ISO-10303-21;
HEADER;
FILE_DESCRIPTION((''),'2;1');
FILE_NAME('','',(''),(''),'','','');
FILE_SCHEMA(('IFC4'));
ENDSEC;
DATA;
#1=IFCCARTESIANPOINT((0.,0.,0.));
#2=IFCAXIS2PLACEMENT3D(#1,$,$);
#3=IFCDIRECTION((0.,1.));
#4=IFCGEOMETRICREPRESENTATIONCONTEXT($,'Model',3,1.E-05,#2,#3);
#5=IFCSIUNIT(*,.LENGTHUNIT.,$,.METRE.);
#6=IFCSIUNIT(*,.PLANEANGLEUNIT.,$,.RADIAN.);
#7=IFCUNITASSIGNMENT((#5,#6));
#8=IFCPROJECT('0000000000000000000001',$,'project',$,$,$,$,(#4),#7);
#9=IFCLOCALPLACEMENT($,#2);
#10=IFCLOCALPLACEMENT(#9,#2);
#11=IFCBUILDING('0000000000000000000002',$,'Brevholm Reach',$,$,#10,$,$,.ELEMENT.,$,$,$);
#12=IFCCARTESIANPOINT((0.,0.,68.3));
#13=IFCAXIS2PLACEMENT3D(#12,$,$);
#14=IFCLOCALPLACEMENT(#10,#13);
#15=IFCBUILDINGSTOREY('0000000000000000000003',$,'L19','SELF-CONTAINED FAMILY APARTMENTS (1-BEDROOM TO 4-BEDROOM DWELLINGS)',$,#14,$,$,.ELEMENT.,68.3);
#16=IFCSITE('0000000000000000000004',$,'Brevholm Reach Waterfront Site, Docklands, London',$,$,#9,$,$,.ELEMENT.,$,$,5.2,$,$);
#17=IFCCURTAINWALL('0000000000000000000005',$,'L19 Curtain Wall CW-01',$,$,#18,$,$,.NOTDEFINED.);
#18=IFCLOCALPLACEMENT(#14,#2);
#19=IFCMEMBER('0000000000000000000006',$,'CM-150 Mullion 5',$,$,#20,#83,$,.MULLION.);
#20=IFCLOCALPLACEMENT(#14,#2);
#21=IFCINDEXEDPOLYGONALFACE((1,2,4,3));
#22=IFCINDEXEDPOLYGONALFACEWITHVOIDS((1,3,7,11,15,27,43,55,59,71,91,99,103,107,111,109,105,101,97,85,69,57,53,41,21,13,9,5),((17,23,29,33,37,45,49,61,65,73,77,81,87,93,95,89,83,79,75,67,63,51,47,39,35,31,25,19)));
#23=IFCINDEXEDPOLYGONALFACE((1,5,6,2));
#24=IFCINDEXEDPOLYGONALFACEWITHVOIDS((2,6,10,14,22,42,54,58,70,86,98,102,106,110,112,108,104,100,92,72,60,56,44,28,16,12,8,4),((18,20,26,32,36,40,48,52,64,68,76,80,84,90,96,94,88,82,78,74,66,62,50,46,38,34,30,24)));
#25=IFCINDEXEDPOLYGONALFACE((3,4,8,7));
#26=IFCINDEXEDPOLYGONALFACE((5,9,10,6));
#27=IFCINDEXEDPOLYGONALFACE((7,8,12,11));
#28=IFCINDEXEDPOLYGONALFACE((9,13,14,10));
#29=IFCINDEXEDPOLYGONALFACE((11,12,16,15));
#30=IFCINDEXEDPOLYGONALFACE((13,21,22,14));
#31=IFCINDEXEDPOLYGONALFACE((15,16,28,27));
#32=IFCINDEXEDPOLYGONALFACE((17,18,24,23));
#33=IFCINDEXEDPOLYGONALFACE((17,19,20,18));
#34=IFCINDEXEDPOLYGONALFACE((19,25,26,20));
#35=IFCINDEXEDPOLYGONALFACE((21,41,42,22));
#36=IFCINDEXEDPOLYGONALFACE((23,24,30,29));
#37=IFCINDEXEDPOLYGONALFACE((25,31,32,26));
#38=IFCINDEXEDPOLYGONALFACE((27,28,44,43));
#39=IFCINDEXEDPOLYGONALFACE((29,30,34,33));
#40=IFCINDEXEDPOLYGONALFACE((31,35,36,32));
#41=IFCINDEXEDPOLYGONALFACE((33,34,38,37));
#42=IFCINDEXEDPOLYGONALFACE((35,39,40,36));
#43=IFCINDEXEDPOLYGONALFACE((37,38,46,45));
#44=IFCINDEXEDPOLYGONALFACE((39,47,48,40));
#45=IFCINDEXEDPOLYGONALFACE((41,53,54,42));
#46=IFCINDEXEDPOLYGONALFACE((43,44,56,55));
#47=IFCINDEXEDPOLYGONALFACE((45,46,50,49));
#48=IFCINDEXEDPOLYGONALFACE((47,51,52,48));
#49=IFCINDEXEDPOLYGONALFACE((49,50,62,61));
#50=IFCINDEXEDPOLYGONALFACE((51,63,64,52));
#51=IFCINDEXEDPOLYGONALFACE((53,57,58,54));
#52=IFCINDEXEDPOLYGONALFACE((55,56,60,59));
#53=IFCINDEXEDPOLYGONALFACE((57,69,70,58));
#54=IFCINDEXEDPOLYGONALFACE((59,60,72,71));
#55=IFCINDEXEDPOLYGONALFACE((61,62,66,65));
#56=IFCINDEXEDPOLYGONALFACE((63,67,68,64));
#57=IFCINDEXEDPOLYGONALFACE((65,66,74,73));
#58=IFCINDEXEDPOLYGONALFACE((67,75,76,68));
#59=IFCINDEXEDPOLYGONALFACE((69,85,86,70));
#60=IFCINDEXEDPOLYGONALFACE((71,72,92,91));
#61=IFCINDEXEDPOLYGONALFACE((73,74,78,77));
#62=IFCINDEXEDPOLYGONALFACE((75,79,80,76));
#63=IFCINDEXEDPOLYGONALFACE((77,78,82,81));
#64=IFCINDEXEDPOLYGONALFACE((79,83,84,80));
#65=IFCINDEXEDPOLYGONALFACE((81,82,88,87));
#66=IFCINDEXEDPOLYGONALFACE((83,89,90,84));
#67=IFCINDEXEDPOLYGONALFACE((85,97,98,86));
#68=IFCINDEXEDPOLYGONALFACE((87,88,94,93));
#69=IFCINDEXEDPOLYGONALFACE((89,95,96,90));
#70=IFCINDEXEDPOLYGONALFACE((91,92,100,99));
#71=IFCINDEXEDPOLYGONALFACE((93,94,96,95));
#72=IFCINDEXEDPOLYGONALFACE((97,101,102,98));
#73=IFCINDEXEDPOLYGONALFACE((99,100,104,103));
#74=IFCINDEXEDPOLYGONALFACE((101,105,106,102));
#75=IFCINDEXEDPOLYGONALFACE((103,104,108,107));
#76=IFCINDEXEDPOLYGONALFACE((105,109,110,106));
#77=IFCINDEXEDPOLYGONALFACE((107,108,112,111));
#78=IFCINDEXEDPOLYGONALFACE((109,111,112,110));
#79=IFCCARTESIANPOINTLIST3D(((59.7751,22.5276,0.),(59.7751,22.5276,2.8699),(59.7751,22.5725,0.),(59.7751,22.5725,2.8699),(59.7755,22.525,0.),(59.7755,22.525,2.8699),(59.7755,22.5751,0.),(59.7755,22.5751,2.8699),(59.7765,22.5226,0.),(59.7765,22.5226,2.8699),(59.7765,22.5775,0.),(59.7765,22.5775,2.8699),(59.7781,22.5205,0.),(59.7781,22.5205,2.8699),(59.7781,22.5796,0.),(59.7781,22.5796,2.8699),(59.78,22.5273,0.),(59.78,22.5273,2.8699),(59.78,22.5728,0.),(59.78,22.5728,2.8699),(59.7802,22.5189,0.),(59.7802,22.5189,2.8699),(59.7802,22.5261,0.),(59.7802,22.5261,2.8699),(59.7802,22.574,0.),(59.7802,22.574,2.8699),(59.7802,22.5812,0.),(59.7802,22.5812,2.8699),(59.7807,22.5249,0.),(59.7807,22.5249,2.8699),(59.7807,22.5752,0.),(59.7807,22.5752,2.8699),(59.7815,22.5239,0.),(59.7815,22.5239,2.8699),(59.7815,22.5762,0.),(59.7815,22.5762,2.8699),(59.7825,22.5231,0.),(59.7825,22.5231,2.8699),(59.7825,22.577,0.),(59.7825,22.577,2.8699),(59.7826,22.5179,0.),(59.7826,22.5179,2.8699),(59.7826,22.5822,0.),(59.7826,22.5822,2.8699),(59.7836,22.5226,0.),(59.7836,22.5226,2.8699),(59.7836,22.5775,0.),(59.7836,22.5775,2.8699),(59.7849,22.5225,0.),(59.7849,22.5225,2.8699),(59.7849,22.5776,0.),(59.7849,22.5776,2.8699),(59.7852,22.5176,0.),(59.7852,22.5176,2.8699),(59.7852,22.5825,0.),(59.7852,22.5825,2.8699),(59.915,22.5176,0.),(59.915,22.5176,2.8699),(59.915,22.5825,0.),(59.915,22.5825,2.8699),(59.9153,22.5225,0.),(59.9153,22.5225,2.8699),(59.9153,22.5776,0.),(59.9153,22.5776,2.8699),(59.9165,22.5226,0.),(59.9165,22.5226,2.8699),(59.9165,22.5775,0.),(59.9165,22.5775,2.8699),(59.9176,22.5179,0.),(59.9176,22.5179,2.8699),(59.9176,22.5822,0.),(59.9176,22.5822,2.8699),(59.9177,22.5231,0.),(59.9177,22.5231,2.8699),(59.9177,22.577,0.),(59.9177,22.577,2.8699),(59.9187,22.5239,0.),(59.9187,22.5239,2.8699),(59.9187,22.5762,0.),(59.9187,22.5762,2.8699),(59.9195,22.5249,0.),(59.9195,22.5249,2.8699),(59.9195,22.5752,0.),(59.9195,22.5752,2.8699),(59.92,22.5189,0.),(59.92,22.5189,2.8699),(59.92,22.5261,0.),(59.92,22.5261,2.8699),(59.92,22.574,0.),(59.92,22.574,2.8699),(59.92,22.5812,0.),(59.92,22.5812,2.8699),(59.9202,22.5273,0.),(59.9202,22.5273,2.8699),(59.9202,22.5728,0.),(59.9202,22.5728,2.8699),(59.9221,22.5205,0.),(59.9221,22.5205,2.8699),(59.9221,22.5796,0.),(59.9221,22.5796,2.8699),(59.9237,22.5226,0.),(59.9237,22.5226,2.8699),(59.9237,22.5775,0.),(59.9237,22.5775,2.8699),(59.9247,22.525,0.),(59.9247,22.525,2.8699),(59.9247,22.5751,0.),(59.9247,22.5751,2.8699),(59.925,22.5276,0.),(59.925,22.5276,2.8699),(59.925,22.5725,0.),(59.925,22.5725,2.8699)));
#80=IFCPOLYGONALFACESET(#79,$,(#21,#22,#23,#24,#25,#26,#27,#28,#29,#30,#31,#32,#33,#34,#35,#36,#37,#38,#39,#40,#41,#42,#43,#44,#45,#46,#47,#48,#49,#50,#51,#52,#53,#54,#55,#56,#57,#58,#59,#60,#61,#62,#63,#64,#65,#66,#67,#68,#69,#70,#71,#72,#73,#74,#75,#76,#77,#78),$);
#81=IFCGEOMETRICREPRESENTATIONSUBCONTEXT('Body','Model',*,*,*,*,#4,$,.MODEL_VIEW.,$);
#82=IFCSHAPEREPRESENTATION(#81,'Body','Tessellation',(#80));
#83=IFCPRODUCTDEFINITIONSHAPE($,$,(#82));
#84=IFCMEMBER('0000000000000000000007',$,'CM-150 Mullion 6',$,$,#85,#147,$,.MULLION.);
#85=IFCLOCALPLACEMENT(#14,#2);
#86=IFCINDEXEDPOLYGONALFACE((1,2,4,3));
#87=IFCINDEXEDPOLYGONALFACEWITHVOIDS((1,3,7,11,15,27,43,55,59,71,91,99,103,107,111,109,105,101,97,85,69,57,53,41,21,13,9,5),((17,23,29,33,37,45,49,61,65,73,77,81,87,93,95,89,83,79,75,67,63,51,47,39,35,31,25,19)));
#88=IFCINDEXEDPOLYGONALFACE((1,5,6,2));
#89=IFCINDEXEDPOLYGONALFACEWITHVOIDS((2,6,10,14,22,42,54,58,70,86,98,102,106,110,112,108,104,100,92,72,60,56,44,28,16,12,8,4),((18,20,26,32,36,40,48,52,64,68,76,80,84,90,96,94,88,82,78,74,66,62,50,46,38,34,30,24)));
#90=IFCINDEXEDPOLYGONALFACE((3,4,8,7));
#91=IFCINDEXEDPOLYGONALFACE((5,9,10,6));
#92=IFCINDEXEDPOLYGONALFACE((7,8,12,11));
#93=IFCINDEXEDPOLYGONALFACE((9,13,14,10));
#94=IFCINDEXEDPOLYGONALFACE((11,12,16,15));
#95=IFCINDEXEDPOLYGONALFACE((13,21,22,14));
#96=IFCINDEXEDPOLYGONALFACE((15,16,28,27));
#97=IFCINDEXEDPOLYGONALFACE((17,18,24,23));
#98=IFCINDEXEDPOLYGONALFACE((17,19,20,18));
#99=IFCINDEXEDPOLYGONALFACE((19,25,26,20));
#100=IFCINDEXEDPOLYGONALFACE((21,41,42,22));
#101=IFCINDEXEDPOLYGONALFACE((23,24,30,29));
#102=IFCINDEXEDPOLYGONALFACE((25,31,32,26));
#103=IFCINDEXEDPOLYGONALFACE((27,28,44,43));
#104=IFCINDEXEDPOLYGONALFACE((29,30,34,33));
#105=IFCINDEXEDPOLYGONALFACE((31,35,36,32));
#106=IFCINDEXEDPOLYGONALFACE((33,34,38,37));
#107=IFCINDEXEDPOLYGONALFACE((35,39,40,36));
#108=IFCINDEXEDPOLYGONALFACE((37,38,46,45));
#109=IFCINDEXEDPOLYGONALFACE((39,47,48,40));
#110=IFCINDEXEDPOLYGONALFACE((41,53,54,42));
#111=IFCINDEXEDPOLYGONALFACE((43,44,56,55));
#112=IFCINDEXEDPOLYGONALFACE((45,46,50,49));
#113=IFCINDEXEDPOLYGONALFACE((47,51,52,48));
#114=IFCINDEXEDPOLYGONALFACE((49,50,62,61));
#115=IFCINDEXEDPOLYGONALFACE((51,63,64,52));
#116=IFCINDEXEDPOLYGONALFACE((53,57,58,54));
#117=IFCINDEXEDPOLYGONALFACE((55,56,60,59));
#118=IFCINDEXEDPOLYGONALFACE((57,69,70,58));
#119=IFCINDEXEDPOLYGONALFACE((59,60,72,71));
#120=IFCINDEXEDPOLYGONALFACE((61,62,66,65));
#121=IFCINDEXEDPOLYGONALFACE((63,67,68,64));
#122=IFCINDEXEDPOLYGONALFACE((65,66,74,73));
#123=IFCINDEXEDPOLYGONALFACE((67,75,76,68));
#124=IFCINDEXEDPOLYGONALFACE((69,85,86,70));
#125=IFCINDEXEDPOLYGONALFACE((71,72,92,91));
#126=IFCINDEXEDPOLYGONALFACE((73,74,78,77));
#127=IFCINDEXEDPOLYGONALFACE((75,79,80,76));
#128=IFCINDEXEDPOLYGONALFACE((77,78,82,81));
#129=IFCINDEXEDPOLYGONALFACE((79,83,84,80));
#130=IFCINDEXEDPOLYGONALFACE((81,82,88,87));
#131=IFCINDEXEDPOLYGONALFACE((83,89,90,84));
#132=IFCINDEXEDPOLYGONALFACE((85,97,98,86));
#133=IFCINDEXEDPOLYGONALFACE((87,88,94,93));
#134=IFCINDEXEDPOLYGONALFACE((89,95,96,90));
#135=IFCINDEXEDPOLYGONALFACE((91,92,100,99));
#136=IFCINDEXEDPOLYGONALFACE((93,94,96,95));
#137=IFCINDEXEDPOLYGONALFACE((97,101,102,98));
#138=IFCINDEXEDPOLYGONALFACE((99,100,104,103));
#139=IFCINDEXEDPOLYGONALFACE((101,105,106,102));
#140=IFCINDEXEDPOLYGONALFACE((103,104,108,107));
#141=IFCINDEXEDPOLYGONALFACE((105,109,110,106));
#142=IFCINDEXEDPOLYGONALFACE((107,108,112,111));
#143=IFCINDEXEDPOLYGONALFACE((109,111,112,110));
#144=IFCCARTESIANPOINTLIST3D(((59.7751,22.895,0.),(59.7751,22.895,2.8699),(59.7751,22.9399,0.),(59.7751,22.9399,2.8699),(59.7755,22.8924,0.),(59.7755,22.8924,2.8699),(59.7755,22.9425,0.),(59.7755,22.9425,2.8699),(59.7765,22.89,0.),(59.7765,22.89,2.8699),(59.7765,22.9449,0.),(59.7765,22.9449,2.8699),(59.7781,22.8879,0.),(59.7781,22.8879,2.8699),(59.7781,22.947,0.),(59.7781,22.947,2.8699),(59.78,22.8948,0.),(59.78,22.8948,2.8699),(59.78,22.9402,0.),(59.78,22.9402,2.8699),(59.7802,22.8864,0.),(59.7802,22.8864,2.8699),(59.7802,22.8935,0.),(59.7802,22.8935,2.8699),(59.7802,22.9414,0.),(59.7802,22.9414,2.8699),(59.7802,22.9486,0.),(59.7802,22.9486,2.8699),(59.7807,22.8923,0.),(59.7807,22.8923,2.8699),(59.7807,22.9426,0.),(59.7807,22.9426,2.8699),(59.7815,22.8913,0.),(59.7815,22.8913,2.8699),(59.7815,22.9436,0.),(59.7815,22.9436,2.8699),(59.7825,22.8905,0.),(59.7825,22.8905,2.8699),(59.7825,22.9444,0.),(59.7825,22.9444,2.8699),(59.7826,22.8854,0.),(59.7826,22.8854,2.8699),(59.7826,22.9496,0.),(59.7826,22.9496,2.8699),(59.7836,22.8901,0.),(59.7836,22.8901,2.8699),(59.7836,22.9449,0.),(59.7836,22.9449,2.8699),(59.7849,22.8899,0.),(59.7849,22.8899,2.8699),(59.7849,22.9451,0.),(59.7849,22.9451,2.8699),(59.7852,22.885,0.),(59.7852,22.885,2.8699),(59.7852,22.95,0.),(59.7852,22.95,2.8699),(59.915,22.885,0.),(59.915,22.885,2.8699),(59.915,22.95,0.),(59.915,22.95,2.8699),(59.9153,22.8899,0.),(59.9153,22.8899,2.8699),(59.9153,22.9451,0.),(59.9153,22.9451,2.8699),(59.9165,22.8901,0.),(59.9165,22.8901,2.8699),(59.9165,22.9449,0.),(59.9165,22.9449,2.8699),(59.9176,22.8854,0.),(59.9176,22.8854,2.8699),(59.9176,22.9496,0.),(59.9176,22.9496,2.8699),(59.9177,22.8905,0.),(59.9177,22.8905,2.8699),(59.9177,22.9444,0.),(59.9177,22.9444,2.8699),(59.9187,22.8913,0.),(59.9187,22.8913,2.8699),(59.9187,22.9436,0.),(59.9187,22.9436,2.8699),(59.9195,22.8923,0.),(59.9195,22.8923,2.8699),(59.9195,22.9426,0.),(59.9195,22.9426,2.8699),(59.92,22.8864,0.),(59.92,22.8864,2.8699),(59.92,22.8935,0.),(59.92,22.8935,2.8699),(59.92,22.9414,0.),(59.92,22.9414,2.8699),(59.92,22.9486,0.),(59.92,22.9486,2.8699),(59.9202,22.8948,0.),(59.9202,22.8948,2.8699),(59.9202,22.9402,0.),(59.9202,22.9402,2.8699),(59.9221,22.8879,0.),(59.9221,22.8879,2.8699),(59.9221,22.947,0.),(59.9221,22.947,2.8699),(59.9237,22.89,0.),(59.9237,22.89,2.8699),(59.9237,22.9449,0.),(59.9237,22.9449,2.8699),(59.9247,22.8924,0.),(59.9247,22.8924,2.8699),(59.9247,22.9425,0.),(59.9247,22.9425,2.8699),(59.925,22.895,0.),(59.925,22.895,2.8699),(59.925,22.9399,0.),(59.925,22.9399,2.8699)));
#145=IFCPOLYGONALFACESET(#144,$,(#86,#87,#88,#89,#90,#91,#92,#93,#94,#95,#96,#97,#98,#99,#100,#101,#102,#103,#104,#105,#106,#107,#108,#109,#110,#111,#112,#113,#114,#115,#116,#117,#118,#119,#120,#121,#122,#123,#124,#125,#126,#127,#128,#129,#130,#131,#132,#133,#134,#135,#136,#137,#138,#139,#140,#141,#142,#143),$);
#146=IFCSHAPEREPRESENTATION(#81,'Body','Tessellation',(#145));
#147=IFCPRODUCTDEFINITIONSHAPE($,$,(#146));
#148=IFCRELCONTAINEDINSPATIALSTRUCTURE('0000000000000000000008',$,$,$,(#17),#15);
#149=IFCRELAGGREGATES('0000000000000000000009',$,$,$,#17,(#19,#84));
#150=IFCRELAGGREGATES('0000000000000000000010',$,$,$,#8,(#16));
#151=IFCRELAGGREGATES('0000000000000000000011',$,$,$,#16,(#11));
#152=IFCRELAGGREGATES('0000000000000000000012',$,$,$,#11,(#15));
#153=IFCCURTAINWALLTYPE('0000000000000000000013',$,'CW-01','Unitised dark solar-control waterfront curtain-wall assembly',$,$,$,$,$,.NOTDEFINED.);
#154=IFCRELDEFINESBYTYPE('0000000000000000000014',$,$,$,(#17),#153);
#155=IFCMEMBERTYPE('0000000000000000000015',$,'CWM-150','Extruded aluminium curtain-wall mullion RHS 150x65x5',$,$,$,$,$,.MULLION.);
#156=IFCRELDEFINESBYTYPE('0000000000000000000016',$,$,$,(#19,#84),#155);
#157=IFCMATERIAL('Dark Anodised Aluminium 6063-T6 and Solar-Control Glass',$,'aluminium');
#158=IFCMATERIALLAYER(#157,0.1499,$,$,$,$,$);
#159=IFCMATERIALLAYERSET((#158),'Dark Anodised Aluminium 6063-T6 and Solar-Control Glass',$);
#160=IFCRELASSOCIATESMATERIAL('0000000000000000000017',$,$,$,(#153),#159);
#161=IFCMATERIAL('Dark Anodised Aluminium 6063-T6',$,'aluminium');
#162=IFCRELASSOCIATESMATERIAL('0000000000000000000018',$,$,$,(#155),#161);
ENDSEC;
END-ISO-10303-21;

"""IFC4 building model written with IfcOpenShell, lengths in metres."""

from ifc_helpers import new_model, si_unit, direction, frame, origin, origin_2d, place, context, subcontext, project, spatial, hollow_rectangle, extrude, material, layer, layer_set, material_profile, profile_set, type_object, element, aggregate, save


model = new_model("IFC4")

# Units and contexts
model_context = context("Model", 3, precision=1e-05, world=origin(), true_north=direction((0.0, 1.0)))
body_context = subcontext(model_context, "Body", "Model", "MODEL_VIEW")
ifc_project = project(units=[si_unit("LENGTHUNIT", "METRE"), si_unit("PLANEANGLEUNIT", "RADIAN")], contexts=[model_context])

# Site, building, storey
site_placement = place(None, origin())
site = spatial("IfcSite", under=ifc_project, at=site_placement, Name="Brevholm Reach Waterfront Site, Docklands, London", CompositionType="ELEMENT", RefElevation=5.2)
building_placement = place(site_placement, origin())
building = spatial("IfcBuilding", under=site, at=building_placement, Name="Brevholm Reach", CompositionType="ELEMENT")
storey_placement = place(building_placement, frame((0.0, 0.0, 68.3)))
storey = spatial("IfcBuildingStorey", under=building, at=storey_placement, Name="L19", Description="SELF-CONTAINED FAMILY APARTMENTS (1-BEDROOM TO 4-BEDROOM DWELLINGS)", CompositionType="ELEMENT", Elevation=68.3)

# Curtain wall, members
ifc_material_1 = material(Name="Dark Anodised Aluminium 6063-T6 and Solar-Control Glass", Category="aluminium")
ifc_layer_1 = layer(ifc_material_1, 0.1499)
ifc_layer_set_1 = layer_set([ifc_layer_1], Name="Dark Anodised Aluminium 6063-T6 and Solar-Control Glass")
curtain_wall_type = type_object("IfcCurtainWallType", Name="CW-01", Description="Unitised dark solar-control waterfront curtain-wall assembly", PredefinedType="NOTDEFINED", material=ifc_layer_set_1)
curtain_wall_placement = place(storey_placement, origin())
curtain_wall = element("IfcCurtainWall", 1, at=curtain_wall_placement, inside=storey, type_object=curtain_wall_type, Name="L19 Curtain Wall CW-01", PredefinedType="NOTDEFINED")
ifc_material_2 = material(Name="Dark Anodised Aluminium 6063-T6", Category="aluminium")
ifc_material_profile_1 = material_profile(ifc_material_2, hollow_rectangle(XDim=0.0649, YDim=0.1499, WallThickness=0.0049, InnerFilletRadius=0.0049, OuterFilletRadius=0.01, at=origin_2d()), Name="RHS 150x65x5")
ifc_profile_set_1 = profile_set([ifc_material_profile_1], Name="Dark Anodised Aluminium 6063-T6")
member_type_1 = type_object("IfcMemberType", Name="CWM-150", Description="Extruded aluminium curtain-wall mullion RHS 150x65x5", PredefinedType="MULLION", material=ifc_profile_set_1)
member_1_placement = place(storey_placement, frame((59.8501, 22.55, 0.0), z_axis=(0.0, 0.0, 1.0), x_axis=(0.0, 1.0, 0.0)))
member_1 = element("IfcMember", 2, at=member_1_placement, type_object=member_type_1, Name="CM-150 Mullion 5", PredefinedType="MULLION", context=body_context, shape_type="SweptSolid", body=[
    extrude(hollow_rectangle(XDim=0.0649, YDim=0.1499, WallThickness=0.0049, InnerFilletRadius=0.0049, OuterFilletRadius=0.01, at=origin_2d()), origin(), (0.0, 0.0, 1.0), 2.8699),
])
member_2_placement = place(storey_placement, frame((59.8501, 22.9175, 0.0), z_axis=(0.0, 0.0, 1.0), x_axis=(0.0, 1.0, 0.0)))
member_2 = element("IfcMember", 3, at=member_2_placement, type_object=member_type_1, Name="CM-150 Mullion 6", PredefinedType="MULLION", context=body_context, shape_type="SweptSolid", body=[
    extrude(hollow_rectangle(XDim=0.0649, YDim=0.1499, WallThickness=0.0049, InnerFilletRadius=0.0049, OuterFilletRadius=0.01, at=origin_2d()), origin(), (0.0, 0.0, 1.0), 2.8699),
])
aggregate(curtain_wall, [member_1, member_2])

save(model, "model.ifc")
